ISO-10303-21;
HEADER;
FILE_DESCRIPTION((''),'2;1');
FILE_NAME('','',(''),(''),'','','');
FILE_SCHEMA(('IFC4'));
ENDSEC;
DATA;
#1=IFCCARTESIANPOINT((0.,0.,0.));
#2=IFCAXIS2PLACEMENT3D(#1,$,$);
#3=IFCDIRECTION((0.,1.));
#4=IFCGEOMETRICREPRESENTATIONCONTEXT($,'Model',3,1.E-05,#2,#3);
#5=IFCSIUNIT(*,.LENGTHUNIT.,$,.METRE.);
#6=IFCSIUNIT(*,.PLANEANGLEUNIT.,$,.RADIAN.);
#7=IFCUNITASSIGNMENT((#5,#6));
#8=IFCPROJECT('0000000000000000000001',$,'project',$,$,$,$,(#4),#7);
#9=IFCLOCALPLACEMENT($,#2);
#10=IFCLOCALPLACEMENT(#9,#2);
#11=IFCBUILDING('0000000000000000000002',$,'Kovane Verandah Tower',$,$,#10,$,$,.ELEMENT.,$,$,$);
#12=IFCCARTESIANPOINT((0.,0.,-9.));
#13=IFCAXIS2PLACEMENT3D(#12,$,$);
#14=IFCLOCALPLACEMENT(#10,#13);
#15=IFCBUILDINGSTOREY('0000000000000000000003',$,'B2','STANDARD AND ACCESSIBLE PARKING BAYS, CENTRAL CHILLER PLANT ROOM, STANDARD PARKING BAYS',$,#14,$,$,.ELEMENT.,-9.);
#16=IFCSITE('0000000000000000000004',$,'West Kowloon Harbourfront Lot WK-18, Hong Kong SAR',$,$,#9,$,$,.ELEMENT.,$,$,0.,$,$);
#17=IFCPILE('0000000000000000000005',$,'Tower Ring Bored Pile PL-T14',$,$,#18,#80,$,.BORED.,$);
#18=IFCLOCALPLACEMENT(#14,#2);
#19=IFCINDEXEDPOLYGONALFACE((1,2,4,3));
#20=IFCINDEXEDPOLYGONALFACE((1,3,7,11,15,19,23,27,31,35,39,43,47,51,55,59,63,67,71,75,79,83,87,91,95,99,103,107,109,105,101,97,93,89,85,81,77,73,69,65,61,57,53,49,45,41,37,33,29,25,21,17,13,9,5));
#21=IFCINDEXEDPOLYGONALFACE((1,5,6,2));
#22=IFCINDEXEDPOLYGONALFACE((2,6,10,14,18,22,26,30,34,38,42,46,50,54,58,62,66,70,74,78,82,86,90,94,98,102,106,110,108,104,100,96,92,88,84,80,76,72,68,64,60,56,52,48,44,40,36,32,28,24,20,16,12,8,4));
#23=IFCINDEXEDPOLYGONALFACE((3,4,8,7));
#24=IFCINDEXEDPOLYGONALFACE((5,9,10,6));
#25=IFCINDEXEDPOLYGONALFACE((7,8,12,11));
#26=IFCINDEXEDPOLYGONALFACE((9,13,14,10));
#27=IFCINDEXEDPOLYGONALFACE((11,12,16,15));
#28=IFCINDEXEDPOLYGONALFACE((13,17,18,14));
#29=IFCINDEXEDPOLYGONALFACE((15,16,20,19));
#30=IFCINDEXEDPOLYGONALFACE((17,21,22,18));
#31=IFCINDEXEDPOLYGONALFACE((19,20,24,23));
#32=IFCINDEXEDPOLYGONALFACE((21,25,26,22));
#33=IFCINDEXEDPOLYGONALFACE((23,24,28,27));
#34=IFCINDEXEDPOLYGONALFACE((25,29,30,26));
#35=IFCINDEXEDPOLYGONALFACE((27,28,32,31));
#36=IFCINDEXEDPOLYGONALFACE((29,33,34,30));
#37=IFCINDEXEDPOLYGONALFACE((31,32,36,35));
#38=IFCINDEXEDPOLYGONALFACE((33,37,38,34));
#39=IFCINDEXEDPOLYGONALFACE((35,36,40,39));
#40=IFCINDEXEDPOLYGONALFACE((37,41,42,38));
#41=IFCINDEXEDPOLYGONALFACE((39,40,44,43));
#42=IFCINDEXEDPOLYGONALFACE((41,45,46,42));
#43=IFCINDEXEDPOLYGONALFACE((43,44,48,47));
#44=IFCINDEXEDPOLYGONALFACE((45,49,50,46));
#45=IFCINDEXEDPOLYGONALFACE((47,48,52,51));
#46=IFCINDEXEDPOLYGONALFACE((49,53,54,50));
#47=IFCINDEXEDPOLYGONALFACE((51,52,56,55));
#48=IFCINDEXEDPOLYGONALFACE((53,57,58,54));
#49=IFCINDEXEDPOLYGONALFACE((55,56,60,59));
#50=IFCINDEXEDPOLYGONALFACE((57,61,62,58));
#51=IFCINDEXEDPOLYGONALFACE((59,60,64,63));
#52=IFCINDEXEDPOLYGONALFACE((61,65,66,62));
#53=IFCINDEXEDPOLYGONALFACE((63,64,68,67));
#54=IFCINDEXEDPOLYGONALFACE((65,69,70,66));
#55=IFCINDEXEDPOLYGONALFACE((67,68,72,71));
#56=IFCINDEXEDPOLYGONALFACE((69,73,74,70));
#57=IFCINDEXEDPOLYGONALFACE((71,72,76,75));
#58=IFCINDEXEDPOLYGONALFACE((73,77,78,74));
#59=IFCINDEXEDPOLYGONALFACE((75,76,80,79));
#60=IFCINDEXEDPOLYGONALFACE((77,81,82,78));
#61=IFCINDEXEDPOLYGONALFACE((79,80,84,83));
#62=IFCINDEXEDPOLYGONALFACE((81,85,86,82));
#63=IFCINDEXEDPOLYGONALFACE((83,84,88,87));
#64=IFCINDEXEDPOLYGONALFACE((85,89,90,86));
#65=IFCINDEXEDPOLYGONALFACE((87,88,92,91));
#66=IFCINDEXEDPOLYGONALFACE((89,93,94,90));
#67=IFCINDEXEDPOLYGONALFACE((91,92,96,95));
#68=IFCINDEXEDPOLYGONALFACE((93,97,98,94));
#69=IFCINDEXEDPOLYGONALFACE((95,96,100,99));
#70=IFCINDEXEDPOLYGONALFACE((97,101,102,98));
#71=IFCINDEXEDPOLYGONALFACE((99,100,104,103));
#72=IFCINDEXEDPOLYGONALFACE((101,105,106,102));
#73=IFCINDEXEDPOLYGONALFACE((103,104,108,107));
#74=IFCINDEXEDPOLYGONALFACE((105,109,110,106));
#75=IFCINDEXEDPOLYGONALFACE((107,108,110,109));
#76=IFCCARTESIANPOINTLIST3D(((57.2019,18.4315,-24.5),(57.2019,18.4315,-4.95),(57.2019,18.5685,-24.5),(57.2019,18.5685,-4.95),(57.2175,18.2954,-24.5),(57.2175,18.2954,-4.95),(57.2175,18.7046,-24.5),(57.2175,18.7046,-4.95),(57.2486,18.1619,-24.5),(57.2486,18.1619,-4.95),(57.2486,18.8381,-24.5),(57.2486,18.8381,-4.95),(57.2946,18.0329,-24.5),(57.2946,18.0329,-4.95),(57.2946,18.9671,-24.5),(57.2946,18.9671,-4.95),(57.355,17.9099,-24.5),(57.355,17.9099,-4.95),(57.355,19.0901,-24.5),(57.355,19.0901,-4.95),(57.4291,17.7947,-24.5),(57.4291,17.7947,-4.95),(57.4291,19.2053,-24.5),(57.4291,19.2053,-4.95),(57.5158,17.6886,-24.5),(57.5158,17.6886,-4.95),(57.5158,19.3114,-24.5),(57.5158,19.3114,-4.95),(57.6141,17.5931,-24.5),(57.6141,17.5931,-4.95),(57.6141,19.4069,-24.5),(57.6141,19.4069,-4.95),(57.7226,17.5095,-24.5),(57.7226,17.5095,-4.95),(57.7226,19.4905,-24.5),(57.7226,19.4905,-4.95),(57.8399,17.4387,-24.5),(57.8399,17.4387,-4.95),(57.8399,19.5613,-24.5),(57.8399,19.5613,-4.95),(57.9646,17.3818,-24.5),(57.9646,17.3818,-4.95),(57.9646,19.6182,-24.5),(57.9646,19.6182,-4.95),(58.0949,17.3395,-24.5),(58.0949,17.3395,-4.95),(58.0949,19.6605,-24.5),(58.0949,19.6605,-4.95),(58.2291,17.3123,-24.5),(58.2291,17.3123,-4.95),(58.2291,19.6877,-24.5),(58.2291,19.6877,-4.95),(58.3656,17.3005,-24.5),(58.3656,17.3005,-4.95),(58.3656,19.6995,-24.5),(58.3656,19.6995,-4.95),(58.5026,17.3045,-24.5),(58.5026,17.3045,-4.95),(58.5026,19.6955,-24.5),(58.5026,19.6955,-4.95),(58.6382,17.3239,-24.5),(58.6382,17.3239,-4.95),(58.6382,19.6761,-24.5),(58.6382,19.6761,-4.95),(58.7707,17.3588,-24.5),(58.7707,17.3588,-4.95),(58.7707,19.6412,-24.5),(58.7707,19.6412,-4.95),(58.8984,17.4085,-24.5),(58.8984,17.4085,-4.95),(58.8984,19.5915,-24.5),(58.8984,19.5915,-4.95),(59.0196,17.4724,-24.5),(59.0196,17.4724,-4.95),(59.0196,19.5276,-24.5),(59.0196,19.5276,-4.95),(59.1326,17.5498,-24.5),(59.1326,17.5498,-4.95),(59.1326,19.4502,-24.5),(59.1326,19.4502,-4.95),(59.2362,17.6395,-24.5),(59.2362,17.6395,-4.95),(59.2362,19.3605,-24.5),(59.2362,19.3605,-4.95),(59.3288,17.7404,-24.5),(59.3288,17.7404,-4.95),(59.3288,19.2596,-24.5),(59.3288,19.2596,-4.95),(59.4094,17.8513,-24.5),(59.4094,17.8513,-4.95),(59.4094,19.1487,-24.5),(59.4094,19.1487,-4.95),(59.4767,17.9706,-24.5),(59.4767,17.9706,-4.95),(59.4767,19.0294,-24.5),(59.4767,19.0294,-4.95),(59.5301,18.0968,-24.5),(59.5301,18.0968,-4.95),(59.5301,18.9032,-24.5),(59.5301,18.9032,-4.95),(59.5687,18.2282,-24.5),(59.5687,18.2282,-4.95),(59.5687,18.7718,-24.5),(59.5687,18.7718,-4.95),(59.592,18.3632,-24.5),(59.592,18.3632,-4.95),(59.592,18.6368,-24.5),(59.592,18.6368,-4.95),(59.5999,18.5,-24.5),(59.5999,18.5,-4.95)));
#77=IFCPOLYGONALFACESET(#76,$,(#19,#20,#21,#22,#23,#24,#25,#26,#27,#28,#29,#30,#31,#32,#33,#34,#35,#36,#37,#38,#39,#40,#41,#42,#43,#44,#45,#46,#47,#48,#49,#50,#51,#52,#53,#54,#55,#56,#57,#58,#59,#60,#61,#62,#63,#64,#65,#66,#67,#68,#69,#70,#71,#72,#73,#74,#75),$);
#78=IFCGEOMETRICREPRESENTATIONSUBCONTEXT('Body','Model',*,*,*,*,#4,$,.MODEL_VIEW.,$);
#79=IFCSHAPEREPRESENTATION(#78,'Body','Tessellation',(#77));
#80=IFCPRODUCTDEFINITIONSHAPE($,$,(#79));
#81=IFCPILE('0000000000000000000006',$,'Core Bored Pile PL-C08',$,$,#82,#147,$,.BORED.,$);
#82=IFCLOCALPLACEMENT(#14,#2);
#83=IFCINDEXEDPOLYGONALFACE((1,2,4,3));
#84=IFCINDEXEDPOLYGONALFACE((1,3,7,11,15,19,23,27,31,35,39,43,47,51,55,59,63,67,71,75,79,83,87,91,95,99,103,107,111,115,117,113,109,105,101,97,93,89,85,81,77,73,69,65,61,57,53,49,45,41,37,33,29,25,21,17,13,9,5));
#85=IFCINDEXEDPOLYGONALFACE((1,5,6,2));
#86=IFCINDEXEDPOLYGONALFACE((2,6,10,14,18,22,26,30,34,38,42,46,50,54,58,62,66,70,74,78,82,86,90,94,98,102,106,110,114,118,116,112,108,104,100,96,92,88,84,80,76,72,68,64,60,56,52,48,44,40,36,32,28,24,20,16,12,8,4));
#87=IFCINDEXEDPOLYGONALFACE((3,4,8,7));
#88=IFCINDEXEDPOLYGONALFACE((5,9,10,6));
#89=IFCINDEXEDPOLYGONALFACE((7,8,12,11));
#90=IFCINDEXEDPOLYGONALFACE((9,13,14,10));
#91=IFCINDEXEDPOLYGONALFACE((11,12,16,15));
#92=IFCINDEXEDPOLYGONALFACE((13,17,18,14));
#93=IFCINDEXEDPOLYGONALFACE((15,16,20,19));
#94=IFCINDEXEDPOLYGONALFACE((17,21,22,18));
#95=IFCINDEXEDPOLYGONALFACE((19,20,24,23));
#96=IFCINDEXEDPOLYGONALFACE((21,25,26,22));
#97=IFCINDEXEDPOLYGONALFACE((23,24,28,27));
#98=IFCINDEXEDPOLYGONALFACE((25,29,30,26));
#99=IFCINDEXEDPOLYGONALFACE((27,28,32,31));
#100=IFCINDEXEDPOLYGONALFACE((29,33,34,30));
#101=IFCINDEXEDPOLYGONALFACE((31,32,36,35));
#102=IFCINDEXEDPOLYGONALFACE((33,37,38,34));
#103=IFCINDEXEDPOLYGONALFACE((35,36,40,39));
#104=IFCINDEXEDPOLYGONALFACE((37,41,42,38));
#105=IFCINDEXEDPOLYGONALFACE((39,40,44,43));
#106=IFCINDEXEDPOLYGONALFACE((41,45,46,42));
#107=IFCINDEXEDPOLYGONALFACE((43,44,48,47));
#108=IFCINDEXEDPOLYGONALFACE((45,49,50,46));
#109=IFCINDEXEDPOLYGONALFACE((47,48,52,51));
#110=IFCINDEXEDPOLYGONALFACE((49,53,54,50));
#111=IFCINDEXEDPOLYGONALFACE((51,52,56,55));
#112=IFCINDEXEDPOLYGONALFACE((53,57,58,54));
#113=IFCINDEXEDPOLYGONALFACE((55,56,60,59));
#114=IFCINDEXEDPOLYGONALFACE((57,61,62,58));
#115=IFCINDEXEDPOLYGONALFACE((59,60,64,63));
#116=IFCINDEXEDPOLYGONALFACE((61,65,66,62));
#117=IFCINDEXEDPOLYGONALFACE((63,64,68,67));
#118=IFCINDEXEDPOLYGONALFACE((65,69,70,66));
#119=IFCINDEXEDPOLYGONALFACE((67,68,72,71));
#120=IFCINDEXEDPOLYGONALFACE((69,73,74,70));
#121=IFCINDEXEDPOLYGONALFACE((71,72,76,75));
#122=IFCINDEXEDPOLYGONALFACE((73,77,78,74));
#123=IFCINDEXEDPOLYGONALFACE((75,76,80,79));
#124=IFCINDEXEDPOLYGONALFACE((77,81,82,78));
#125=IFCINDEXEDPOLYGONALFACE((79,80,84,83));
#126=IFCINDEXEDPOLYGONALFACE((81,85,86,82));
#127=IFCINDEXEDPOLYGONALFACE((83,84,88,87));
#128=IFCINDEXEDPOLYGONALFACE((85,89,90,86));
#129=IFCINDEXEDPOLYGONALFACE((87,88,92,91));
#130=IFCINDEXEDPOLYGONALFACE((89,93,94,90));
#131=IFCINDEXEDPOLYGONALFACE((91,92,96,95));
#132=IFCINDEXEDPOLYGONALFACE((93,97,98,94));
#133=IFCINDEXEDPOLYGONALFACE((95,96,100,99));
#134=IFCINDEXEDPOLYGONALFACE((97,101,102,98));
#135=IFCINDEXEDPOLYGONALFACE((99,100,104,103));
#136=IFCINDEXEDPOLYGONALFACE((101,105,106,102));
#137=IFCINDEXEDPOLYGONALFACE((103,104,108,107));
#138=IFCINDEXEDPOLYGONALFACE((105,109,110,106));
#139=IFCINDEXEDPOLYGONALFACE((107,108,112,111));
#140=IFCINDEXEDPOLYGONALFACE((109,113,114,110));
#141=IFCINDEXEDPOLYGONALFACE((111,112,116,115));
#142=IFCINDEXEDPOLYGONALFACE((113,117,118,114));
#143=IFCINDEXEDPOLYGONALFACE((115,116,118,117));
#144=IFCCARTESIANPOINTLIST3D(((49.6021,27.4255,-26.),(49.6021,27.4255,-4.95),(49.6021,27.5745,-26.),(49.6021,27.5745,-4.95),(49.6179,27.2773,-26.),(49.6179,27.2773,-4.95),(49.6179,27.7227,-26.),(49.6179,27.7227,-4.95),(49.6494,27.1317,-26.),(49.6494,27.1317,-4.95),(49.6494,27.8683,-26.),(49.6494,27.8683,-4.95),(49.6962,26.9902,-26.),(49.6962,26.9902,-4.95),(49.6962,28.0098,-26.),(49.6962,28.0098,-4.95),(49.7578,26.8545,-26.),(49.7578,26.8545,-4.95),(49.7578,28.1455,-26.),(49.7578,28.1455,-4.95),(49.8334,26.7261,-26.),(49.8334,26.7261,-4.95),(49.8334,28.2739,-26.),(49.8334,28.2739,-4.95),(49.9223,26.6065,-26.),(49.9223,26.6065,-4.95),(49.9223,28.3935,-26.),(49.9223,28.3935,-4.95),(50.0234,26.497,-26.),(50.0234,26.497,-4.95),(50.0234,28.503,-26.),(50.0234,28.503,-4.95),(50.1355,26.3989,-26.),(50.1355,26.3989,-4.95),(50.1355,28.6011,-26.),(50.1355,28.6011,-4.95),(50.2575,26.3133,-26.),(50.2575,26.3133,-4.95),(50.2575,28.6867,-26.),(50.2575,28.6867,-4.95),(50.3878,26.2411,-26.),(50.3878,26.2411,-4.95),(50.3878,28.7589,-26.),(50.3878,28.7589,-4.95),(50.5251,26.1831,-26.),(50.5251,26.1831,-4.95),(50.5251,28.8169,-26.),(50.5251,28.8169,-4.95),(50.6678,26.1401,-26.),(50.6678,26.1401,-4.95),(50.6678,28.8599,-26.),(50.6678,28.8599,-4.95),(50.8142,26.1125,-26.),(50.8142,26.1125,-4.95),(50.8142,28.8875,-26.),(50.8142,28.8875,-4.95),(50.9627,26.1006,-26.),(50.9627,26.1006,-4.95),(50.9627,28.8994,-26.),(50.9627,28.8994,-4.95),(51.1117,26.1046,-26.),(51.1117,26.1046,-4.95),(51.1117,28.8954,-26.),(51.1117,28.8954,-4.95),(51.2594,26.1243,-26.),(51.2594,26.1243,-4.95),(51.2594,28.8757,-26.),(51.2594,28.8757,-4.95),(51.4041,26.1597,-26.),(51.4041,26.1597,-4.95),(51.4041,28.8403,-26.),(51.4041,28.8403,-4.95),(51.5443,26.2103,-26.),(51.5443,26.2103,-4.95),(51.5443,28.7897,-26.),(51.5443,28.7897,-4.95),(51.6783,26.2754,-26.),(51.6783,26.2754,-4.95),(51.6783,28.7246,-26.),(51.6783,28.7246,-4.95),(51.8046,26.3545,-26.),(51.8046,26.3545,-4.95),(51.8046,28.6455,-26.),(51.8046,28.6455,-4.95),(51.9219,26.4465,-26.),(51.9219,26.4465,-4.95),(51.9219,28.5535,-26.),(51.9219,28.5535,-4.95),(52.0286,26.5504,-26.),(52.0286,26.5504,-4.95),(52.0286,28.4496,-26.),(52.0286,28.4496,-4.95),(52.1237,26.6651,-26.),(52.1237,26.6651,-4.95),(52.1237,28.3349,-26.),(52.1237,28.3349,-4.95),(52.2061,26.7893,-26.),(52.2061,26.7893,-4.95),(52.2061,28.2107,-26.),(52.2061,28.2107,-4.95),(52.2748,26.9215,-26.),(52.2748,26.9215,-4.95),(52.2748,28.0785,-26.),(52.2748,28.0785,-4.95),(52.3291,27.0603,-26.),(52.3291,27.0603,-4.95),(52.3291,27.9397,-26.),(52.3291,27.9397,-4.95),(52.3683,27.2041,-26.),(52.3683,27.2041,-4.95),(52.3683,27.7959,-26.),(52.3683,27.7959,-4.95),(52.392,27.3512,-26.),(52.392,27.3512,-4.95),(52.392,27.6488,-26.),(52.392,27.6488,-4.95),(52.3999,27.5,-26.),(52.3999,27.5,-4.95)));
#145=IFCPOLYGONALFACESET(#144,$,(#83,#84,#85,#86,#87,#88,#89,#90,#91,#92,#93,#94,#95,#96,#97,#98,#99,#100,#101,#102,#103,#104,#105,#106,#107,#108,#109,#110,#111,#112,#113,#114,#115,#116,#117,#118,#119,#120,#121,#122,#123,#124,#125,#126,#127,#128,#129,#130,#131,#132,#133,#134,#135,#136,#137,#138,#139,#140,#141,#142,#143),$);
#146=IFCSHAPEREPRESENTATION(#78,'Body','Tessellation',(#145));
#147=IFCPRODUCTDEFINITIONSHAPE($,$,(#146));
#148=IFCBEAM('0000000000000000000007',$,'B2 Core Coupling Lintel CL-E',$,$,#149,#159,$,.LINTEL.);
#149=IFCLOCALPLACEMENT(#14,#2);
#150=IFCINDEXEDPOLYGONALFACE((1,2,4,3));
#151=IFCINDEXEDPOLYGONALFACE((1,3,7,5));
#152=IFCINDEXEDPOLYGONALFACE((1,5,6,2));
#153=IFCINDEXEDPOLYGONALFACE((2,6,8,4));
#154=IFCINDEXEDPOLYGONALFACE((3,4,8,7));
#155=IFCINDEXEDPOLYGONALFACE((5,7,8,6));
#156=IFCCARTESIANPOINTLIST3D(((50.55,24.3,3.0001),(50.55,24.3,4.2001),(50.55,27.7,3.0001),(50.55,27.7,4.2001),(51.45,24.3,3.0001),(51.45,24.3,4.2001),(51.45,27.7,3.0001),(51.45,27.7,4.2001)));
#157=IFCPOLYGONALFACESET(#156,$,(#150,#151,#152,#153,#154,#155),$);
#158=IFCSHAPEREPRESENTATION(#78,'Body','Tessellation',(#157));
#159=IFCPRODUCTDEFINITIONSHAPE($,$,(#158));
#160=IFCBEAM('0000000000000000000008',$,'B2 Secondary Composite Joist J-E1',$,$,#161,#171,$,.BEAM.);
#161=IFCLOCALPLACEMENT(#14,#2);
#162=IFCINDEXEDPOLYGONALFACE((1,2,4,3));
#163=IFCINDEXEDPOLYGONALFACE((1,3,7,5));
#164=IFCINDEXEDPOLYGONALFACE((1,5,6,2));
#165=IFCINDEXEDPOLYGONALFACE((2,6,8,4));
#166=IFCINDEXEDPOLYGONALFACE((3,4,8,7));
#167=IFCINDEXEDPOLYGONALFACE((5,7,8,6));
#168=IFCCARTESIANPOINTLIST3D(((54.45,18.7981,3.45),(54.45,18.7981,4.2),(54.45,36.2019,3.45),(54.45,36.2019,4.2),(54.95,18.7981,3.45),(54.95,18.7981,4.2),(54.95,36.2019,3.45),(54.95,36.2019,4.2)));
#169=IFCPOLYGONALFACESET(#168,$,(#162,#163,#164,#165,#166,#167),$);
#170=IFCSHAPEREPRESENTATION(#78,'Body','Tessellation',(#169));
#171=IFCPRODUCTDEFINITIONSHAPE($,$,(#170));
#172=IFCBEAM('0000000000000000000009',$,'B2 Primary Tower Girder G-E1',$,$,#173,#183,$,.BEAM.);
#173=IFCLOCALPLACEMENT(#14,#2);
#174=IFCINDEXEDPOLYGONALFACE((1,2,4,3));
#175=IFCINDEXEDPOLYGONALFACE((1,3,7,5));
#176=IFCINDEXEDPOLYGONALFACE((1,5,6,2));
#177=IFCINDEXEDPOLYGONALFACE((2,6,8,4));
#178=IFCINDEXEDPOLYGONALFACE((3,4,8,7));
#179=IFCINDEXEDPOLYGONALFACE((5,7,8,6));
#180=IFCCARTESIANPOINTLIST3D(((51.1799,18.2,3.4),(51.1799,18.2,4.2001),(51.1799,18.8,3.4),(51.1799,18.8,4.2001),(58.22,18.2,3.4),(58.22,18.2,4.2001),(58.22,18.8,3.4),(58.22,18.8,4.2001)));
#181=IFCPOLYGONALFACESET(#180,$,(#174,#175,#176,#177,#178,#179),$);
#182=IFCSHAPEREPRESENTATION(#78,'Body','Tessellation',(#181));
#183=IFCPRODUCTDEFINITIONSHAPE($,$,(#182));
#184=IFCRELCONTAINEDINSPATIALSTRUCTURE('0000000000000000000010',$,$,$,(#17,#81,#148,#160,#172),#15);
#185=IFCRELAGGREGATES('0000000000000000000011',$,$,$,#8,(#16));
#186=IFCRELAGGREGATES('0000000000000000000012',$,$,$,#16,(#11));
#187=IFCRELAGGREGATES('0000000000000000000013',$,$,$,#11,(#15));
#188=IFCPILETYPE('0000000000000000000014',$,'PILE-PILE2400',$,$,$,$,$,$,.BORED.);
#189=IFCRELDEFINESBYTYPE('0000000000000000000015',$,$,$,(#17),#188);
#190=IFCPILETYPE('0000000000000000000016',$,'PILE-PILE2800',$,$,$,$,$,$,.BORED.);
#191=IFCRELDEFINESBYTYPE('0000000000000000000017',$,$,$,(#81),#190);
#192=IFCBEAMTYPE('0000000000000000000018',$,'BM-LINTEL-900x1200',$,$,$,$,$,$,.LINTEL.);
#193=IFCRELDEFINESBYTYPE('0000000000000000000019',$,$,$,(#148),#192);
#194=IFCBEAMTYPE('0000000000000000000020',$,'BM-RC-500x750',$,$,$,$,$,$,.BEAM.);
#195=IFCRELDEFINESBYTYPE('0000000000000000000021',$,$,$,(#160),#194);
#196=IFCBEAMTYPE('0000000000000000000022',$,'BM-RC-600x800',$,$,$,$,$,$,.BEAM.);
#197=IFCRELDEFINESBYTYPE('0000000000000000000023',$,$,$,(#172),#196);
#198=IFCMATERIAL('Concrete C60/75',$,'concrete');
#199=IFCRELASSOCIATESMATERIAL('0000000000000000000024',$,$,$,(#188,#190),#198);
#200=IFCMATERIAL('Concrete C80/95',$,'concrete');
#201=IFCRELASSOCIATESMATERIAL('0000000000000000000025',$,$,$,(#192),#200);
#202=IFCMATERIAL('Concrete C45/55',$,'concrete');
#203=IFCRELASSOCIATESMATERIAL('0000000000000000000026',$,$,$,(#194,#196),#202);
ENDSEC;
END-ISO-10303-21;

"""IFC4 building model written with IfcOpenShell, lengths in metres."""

from ifc_helpers import new_model, si_unit, direction, frame, origin, origin_2d, place, context, subcontext, project, spatial, rectangle, circle, extrude, material, material_profile, profile_set, type_object, element, save


model = new_model("IFC4")

# Units and contexts
model_context = context("Model", 3, precision=1e-05, world=origin(), true_north=direction((0.0, 1.0)))
body_context = subcontext(model_context, "Body", "Model", "MODEL_VIEW")
ifc_project = project(units=[si_unit("LENGTHUNIT", "METRE"), si_unit("PLANEANGLEUNIT", "RADIAN")], contexts=[model_context])

# Site, building, storey
site_placement = place(None, origin())
site = spatial("IfcSite", under=ifc_project, at=site_placement, Name="West Kowloon Harbourfront Lot WK-18, Hong Kong SAR", CompositionType="ELEMENT", RefElevation=0.0)
building_placement = place(site_placement, origin())
building = spatial("IfcBuilding", under=site, at=building_placement, Name="Kovane Verandah Tower", CompositionType="ELEMENT")
storey_placement = place(building_placement, frame((0.0, 0.0, -9.0)))
storey = spatial("IfcBuildingStorey", under=building, at=storey_placement, Name="B2", Description="STANDARD AND ACCESSIBLE PARKING BAYS, CENTRAL CHILLER PLANT ROOM, STANDARD PARKING BAYS", CompositionType="ELEMENT", Elevation=-9.0)

# Piles
ifc_material_1 = material(Name="Concrete C60/75", Category="concrete")
ifc_material_profile_1 = material_profile(ifc_material_1, circle(Radius=1.2, at=origin_2d()), Name="PILE2400")
ifc_profile_set_1 = profile_set([ifc_material_profile_1], Name="Concrete C60/75")
pile_type_1 = type_object("IfcPileType", Name="PILE-PILE2400", PredefinedType="BORED", material=ifc_profile_set_1)
pile_1_placement = place(storey_placement, frame((58.3999, 18.5, -4.95), z_axis=(0.0, 0.0, -1.0), x_axis=(1.0, 0.0, 0.0)))
element("IfcPile", 1, at=pile_1_placement, inside=storey, type_object=pile_type_1, Name="Tower Ring Bored Pile PL-T14", PredefinedType="BORED", context=body_context, shape_type="SweptSolid", body=[
    extrude(circle(Radius=1.2, at=origin_2d()), origin(), (0.0, 0.0, 1.0), 19.55),
])
ifc_material_profile_2 = material_profile(ifc_material_1, circle(Radius=1.3999, at=origin_2d()), Name="PILE2800")
ifc_profile_set_2 = profile_set([ifc_material_profile_2], Name="Concrete C60/75")
pile_type_2 = type_object("IfcPileType", Name="PILE-PILE2800", PredefinedType="BORED", material=ifc_profile_set_2)
pile_2_placement = place(storey_placement, frame((51.0, 27.5, -4.95), z_axis=(0.0, 0.0, -1.0), x_axis=(1.0, 0.0, 0.0)))
element("IfcPile", 2, at=pile_2_placement, inside=storey, type_object=pile_type_2, Name="Core Bored Pile PL-C08", PredefinedType="BORED", context=body_context, shape_type="SweptSolid", body=[
    extrude(circle(Radius=1.3999, at=origin_2d()), origin(), (0.0, 0.0, 1.0), 21.05),
])

# Beams
ifc_material_2 = material(Name="Concrete C80/95", Category="concrete")
ifc_material_profile_3 = material_profile(ifc_material_2, rectangle(XDim=0.8999, YDim=1.2, at=origin_2d()), Name="RCB900x1200")
ifc_profile_set_3 = profile_set([ifc_material_profile_3], Name="Concrete C80/95")
beam_type_1 = type_object("IfcBeamType", Name="BM-LINTEL-900x1200", PredefinedType="LINTEL", material=ifc_profile_set_3)
beam_1_placement = place(storey_placement, frame((51.0, 24.3, 3.6001), z_axis=(0.0, 1.0, 0.0), x_axis=(-1.0, 0.0, 0.0)))
element("IfcBeam", 3, at=beam_1_placement, inside=storey, type_object=beam_type_1, Name="B2 Core Coupling Lintel CL-E", PredefinedType="LINTEL", context=body_context, shape_type="SweptSolid", body=[
    extrude(rectangle(XDim=0.8999, YDim=1.2, at=origin_2d()), origin(), (0.0, 0.0, 1.0), 3.3999),
])
ifc_material_3 = material(Name="Concrete C45/55", Category="concrete")
ifc_material_profile_4 = material_profile(ifc_material_3, rectangle(XDim=0.5, YDim=0.75, at=origin_2d()), Name="RCB500x750")
ifc_profile_set_4 = profile_set([ifc_material_profile_4], Name="Concrete C45/55")
beam_type_2 = type_object("IfcBeamType", Name="BM-RC-500x750", PredefinedType="BEAM", material=ifc_profile_set_4)
beam_2_placement = place(storey_placement, frame((54.7, 18.7981, 3.825), z_axis=(0.0, 1.0, 0.0), x_axis=(-1.0, 0.0, 0.0)))
element("IfcBeam", 4, at=beam_2_placement, inside=storey, type_object=beam_type_2, Name="B2 Secondary Composite Joist J-E1", PredefinedType="BEAM", context=body_context, shape_type="SweptSolid", body=[
    extrude(rectangle(XDim=0.5, YDim=0.75, at=origin_2d()), origin(), (0.0, 0.0, 1.0), 17.4038),
])
ifc_material_profile_5 = material_profile(ifc_material_3, rectangle(XDim=0.6001, YDim=0.8, at=origin_2d()), Name="RCB600x800")
ifc_profile_set_5 = profile_set([ifc_material_profile_5], Name="Concrete C45/55")
beam_type_3 = type_object("IfcBeamType", Name="BM-RC-600x800", PredefinedType="BEAM", material=ifc_profile_set_5)
beam_3_placement = place(storey_placement, frame((51.1799, 18.5, 3.8), z_axis=(1.0, 0.0, 0.0), x_axis=(0.0, 1.0, 0.0)))
element("IfcBeam", 5, at=beam_3_placement, inside=storey, type_object=beam_type_3, Name="B2 Primary Tower Girder G-E1", PredefinedType="BEAM", context=body_context, shape_type="SweptSolid", body=[
    extrude(rectangle(XDim=0.6001, YDim=0.8, at=origin_2d()), origin(), (0.0, 0.0, 1.0), 7.04),
])

save(model, "model.ifc")
